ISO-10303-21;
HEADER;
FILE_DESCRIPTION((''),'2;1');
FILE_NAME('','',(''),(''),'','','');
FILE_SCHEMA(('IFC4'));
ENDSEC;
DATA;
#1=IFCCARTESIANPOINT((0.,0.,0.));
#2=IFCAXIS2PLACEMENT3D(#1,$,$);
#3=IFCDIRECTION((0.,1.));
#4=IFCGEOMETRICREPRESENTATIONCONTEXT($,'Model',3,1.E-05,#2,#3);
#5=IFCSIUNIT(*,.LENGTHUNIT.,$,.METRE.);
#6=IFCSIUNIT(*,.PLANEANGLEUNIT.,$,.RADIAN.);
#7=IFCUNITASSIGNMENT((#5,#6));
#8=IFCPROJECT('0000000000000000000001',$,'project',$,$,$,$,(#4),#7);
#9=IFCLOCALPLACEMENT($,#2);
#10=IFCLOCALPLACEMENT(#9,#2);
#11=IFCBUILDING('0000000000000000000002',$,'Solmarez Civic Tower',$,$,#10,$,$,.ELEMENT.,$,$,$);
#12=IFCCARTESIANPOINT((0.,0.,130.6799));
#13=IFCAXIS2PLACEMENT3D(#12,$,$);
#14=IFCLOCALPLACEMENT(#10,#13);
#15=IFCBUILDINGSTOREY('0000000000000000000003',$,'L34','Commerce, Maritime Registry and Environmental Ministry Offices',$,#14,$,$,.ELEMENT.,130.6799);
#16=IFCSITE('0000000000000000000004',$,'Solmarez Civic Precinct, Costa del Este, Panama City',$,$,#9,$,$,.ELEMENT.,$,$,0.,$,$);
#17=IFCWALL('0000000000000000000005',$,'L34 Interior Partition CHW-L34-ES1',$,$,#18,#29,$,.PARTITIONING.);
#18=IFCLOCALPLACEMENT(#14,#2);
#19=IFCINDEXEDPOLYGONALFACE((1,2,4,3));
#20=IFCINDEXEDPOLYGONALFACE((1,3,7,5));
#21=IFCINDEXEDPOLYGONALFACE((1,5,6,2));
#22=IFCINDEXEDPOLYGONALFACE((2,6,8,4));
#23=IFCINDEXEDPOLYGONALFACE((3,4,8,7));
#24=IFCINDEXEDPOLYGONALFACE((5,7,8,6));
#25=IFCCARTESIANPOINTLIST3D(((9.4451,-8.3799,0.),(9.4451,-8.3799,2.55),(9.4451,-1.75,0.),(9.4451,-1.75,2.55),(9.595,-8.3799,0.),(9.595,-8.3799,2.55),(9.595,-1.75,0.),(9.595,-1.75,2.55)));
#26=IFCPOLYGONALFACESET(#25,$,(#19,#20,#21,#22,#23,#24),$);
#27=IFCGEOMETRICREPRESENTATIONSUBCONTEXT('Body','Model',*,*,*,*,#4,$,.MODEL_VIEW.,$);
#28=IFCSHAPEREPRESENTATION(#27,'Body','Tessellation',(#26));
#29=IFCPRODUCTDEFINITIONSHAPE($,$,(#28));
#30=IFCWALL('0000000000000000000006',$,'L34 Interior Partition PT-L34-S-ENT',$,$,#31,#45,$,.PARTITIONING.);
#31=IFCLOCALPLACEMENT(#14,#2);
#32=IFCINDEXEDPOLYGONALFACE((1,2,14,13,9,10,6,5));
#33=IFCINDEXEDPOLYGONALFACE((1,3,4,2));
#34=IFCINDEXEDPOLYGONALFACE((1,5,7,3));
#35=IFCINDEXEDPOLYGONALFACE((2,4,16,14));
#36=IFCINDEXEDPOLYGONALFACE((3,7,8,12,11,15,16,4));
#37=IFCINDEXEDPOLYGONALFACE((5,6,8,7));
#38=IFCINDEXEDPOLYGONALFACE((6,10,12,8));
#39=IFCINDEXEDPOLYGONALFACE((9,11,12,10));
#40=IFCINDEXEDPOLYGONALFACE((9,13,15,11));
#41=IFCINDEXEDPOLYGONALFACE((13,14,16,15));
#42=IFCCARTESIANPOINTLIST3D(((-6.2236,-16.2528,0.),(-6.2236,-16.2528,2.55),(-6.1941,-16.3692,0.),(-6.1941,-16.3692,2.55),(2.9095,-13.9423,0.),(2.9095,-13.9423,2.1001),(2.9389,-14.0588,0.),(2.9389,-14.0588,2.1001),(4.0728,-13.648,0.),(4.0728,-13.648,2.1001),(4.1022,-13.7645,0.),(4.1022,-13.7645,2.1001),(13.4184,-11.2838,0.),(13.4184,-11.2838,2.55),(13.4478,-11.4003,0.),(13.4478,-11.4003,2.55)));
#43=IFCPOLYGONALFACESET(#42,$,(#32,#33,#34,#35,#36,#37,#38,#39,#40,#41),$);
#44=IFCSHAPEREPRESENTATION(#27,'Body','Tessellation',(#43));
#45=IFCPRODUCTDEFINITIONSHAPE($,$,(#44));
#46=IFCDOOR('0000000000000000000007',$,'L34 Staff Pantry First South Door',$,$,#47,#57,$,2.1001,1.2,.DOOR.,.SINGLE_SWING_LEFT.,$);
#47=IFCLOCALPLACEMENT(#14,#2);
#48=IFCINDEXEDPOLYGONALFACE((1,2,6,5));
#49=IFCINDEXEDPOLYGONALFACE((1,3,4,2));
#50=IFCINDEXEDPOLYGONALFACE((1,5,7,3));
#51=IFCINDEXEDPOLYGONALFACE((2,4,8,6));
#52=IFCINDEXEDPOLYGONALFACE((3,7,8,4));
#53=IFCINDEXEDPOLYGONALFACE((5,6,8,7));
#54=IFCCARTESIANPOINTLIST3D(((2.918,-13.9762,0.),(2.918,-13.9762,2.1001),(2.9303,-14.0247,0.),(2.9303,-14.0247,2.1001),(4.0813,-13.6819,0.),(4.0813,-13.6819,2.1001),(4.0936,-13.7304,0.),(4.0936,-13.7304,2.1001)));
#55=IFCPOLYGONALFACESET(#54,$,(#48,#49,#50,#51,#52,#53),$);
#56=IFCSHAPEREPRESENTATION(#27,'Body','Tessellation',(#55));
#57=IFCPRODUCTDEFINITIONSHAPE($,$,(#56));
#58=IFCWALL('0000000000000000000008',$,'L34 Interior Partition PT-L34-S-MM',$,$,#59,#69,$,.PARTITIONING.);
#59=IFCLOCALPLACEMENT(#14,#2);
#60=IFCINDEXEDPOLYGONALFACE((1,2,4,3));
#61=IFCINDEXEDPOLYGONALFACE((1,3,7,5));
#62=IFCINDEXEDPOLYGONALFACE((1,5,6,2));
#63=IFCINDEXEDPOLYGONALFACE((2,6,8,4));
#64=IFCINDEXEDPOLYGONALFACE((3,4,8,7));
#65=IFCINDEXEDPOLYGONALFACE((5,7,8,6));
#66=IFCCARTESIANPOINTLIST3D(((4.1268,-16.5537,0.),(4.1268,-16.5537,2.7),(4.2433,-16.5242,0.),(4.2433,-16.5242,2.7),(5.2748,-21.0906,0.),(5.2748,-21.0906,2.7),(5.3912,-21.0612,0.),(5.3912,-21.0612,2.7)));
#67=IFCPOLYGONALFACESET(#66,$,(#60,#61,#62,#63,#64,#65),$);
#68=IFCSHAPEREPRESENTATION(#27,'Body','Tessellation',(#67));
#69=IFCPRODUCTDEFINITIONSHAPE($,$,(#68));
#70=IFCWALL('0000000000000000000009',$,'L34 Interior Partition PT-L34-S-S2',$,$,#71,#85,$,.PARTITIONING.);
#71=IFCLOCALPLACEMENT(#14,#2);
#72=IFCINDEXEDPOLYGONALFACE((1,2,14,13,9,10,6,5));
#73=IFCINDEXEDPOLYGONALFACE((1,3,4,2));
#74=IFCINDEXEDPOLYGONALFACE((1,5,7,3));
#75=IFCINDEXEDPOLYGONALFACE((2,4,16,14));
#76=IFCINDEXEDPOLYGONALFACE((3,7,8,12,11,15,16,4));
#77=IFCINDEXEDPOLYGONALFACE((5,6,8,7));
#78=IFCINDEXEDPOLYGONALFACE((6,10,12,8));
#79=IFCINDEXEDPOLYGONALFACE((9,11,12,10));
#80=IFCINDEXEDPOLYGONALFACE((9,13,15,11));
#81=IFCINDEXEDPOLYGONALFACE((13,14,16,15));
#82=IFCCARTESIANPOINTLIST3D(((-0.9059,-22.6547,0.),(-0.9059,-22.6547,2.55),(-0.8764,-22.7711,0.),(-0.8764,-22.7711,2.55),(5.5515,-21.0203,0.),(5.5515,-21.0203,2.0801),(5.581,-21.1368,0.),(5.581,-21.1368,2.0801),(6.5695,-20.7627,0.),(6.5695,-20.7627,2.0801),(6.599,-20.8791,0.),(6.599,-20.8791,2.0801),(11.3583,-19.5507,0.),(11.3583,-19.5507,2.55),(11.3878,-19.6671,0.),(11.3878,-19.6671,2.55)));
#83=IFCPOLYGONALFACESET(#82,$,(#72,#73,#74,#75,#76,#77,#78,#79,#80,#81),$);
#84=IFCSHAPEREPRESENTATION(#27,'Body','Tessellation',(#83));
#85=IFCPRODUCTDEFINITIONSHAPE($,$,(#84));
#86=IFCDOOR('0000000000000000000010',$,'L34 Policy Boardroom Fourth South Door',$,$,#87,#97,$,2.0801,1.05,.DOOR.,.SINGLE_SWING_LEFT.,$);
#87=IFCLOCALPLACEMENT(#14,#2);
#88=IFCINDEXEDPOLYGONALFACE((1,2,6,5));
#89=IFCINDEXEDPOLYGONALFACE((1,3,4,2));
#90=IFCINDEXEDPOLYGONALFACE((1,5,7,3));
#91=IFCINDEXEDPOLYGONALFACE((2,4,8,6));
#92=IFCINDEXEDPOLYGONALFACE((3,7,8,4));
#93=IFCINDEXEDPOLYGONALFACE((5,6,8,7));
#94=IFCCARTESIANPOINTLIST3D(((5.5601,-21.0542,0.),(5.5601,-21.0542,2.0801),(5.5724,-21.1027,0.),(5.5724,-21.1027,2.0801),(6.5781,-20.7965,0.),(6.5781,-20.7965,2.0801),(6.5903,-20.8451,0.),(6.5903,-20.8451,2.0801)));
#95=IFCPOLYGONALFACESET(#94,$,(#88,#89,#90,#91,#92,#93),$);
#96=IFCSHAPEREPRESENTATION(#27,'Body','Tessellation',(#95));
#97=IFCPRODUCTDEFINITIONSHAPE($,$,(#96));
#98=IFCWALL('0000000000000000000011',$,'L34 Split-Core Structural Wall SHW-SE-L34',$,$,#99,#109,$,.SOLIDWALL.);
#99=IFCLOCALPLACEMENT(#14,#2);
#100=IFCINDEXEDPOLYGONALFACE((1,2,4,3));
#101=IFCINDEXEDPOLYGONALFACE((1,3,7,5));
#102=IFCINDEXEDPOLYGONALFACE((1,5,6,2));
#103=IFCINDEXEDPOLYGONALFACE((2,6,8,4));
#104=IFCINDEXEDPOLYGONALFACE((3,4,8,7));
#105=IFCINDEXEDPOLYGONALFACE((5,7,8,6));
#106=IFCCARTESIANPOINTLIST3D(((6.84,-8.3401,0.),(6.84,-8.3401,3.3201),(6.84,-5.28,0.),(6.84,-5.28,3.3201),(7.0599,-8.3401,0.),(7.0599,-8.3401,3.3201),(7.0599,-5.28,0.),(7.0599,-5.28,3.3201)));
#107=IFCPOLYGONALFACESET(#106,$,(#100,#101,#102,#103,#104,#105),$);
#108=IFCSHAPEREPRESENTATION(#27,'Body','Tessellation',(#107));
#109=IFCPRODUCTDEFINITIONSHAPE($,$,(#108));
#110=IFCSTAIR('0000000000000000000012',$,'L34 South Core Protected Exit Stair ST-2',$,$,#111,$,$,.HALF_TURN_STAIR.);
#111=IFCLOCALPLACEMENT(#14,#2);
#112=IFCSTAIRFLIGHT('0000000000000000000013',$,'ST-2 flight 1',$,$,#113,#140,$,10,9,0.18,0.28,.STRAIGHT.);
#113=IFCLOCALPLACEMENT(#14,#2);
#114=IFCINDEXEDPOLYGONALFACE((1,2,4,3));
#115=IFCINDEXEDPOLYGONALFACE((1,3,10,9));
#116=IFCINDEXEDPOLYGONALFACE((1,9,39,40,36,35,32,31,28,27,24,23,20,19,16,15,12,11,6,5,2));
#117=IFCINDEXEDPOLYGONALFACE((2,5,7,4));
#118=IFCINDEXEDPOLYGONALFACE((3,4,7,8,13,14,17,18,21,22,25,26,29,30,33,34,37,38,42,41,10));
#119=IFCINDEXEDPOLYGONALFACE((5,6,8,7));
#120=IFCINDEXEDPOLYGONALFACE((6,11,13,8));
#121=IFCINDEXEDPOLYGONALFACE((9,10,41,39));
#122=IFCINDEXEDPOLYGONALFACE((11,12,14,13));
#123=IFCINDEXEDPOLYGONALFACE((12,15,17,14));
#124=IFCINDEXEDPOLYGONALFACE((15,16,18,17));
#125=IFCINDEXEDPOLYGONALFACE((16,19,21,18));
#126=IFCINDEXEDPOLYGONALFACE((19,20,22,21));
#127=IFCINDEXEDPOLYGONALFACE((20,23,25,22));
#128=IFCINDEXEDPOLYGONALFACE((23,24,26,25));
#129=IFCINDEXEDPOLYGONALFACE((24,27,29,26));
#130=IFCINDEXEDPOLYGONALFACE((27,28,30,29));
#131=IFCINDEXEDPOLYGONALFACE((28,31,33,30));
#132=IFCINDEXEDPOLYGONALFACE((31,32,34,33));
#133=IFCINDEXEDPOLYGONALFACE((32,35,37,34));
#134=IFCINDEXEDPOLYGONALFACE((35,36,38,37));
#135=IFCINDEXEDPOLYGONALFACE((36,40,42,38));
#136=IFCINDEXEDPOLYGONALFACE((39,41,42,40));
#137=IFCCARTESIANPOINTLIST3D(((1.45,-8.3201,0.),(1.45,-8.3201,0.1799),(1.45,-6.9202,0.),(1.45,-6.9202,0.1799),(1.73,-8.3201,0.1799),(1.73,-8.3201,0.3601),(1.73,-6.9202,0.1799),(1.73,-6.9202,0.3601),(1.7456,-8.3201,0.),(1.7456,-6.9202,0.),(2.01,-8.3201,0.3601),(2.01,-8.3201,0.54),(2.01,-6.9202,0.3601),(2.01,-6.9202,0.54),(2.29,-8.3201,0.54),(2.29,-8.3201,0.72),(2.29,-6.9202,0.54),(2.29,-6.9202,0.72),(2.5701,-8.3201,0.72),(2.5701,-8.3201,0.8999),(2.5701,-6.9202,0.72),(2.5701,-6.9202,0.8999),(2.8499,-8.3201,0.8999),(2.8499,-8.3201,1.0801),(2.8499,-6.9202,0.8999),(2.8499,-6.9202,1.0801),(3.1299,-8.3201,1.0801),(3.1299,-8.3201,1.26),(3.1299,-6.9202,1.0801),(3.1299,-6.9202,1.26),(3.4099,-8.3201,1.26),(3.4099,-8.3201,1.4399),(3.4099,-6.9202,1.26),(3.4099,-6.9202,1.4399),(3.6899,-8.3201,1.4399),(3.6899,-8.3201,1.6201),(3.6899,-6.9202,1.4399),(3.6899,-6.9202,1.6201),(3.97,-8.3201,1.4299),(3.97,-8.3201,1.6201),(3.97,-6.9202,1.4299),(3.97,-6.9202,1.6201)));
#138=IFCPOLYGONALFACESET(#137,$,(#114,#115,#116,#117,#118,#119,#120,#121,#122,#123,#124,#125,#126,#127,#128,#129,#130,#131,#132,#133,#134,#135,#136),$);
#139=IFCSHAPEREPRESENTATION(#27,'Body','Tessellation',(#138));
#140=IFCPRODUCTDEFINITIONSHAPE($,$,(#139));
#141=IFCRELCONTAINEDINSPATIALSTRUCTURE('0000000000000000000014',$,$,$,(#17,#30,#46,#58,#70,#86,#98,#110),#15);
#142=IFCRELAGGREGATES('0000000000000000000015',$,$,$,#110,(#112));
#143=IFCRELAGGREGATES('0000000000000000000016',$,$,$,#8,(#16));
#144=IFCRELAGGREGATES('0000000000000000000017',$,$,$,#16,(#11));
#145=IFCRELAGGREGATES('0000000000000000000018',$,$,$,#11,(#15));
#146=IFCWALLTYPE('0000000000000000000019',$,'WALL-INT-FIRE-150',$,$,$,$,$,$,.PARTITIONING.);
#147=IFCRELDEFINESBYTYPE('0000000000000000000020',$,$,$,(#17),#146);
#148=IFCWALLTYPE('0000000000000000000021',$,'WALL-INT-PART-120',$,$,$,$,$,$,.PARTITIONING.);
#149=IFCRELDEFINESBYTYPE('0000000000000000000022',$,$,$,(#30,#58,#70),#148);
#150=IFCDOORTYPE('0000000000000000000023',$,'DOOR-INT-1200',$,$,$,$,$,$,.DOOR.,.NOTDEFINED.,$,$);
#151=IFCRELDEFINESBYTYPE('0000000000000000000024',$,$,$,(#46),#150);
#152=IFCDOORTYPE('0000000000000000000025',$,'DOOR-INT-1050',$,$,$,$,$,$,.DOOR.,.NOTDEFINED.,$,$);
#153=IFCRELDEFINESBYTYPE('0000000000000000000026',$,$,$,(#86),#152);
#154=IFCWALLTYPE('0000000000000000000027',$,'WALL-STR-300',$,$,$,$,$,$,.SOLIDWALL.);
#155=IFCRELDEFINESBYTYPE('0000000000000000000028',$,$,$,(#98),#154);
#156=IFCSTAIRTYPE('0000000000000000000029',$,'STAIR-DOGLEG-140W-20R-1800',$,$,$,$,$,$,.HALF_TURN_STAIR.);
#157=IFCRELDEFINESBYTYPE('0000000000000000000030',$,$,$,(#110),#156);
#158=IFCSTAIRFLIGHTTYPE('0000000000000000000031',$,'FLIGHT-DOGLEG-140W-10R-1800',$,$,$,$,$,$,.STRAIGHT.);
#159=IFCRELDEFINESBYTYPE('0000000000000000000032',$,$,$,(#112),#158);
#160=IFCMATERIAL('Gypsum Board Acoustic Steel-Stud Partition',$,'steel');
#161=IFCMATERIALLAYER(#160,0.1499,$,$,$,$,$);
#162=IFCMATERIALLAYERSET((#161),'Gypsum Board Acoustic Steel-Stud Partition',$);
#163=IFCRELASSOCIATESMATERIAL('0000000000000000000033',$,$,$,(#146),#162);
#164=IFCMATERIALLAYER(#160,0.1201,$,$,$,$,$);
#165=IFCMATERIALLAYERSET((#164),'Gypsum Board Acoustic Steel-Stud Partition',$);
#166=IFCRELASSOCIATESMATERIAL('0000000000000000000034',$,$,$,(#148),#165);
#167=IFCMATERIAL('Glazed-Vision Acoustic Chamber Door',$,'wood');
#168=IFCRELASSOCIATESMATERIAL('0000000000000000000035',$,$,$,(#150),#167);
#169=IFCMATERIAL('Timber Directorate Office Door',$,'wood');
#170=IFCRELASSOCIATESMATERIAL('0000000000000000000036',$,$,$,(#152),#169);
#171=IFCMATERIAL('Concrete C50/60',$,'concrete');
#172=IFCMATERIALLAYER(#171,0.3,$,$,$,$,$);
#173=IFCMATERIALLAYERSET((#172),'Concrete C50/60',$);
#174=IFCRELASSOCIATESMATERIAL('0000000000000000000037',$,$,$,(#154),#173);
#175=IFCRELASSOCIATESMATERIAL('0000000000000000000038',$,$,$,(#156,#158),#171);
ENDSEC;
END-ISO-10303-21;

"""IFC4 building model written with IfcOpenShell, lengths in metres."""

from ifc_helpers import new_model, si_unit, direction, frame, frame_2d, origin, place, context, subcontext, project, spatial, polyline, rectangle, outline, extrude, material, layer, layer_set, type_object, element, fill, aggregate, save


model = new_model("IFC4")

# Units and contexts
model_context = context("Model", 3, precision=1e-05, world=origin(), true_north=direction((0.0, 1.0)))
body_context = subcontext(model_context, "Body", "Model", "MODEL_VIEW")
ifc_project = project(units=[si_unit("LENGTHUNIT", "METRE"), si_unit("PLANEANGLEUNIT", "RADIAN")], contexts=[model_context])

# Site, building, storey
site_placement = place(None, origin())
site = spatial("IfcSite", under=ifc_project, at=site_placement, Name="Solmarez Civic Precinct, Costa del Este, Panama City", CompositionType="ELEMENT", RefElevation=0.0)
building_placement = place(site_placement, origin())
building = spatial("IfcBuilding", under=site, at=building_placement, Name="Solmarez Civic Tower", CompositionType="ELEMENT")
storey_placement = place(building_placement, frame((0.0, 0.0, 130.6799)))
storey = spatial("IfcBuildingStorey", under=building, at=storey_placement, Name="L34", Description="Commerce, Maritime Registry and Environmental Ministry Offices", CompositionType="ELEMENT", Elevation=130.6799)

# Shared definitions
ifc_material_1 = material(Name="Concrete C50/60", Category="concrete")

# Wall
ifc_material_2 = material(Name="Gypsum Board Acoustic Steel-Stud Partition", Category="steel")
ifc_layer_1 = layer(ifc_material_2, 0.1499)
ifc_layer_set_1 = layer_set([ifc_layer_1], Name="Gypsum Board Acoustic Steel-Stud Partition")
wall_type_1 = type_object("IfcWallType", Name="WALL-INT-FIRE-150", PredefinedType="PARTITIONING", material=ifc_layer_set_1)
wall_1_placement = place(storey_placement, frame((9.52, -8.3799, 0.0), z_axis=(0.0, 0.0, 1.0), x_axis=(0.0, 1.0, 0.0)))
element("IfcWall", 1, at=wall_1_placement, inside=storey, type_object=wall_type_1, Name="L34 Interior Partition CHW-L34-ES1", PredefinedType="PARTITIONING", context=body_context, shape_type="SweptSolid", body=[
    extrude(rectangle(XDim=6.6299, YDim=0.1499, at=frame_2d((3.3149, 0.0))), origin(), (0.0, 0.0, 1.0), 2.55),
])

# Wall, opening, door
ifc_layer_2 = layer(ifc_material_2, 0.1201)
ifc_layer_set_2 = layer_set([ifc_layer_2], Name="Gypsum Board Acoustic Steel-Stud Partition")
wall_type_2 = type_object("IfcWallType", Name="WALL-INT-PART-120", PredefinedType="PARTITIONING", material=ifc_layer_set_2)
wall_2_placement = place(storey_placement, frame((13.4331, -11.342, 0.0), z_axis=(0.0, 0.0, 1.0), x_axis=(-0.96946, -0.245251, 0.0)))
wall_2 = element("IfcWall", 2, at=wall_2_placement, inside=storey, type_object=wall_type_2, Name="L34 Interior Partition PT-L34-S-ENT", PredefinedType="PARTITIONING", context=body_context, shape_type="SweptSolid", body=[
    extrude(rectangle(XDim=20.2607, YDim=0.1201, at=frame_2d((10.1304, 0.0))), origin(), (0.0, 0.0, 1.0), 2.55),
])
opening_1_placement = place(wall_2_placement, frame((9.6399, 0.0, 0.0)))
opening_1 = element("IfcOpeningElement", 3, at=opening_1_placement, cuts=wall_2, PredefinedType="OPENING", context=body_context, shape_type="SweptSolid", body=[
    extrude(rectangle(XDim=1.2, YDim=2.1001, at=frame_2d((0.6001, 1.05))), frame((0.0, 0.0701, 0.0), z_axis=(0.0, -1.0, 0.0), x_axis=(1.0, 0.0, 0.0)), (0.0, 0.0, 1.0), 0.1401),
])
ifc_material_3 = material(Name="Glazed-Vision Acoustic Chamber Door", Category="wood")
door_type_1 = type_object("IfcDoorType", Name="DOOR-INT-1200", OperationType="NOTDEFINED", PredefinedType="DOOR", material=ifc_material_3)
door_1_placement = place(opening_1_placement, origin())
door_1 = element("IfcDoor", 4, at=door_1_placement, inside=storey, type_object=door_type_1, Name="L34 Staff Pantry First South Door", OperationType="SINGLE_SWING_LEFT", OverallHeight=2.1001, OverallWidth=1.2, PredefinedType="DOOR", context=body_context, shape_type="SweptSolid", body=[
    extrude(rectangle(XDim=1.2, YDim=2.1001, at=frame_2d((0.6001, 1.05))), frame((0.0, 0.0249, 0.0), z_axis=(0.0, -1.0, 0.0), x_axis=(1.0, 0.0, 0.0)), (0.0, 0.0, 1.0), 0.05),
])
fill(opening_1, door_1)

# Wall
wall_3_placement = place(storey_placement, frame((4.1851, -16.5391, 0.0), z_axis=(0.0, 0.0, 1.0), x_axis=(0.245297, -0.969448, 0.0)))
element("IfcWall", 5, at=wall_3_placement, inside=storey, type_object=wall_type_2, Name="L34 Interior Partition PT-L34-S-MM", PredefinedType="PARTITIONING", context=body_context, shape_type="SweptSolid", body=[
    extrude(rectangle(XDim=4.6799, YDim=0.1201, at=frame_2d((2.3398, 0.0))), origin(), (0.0, 0.0, 1.0), 2.7),
])

# Wall, opening, door
wall_4_placement = place(storey_placement, frame((11.373, -19.6089, 0.0), z_axis=(0.0, 0.0, 1.0), x_axis=(-0.969432, -0.245359, 0.0)))
wall_4 = element("IfcWall", 6, at=wall_4_placement, inside=storey, type_object=wall_type_2, Name="L34 Interior Partition PT-L34-S-S2", PredefinedType="PARTITIONING", context=body_context, shape_type="SweptSolid", body=[
    extrude(rectangle(XDim=12.6509, YDim=0.1201, at=frame_2d((6.3254, 0.0))), origin(), (0.0, 0.0, 1.0), 2.55),
])
opening_2_placement = place(wall_4_placement, frame((4.9399, 0.0, 0.0)))
opening_2 = element("IfcOpeningElement", 7, at=opening_2_placement, cuts=wall_4, PredefinedType="OPENING", context=body_context, shape_type="SweptSolid", body=[
    extrude(rectangle(XDim=1.05, YDim=2.0801, at=frame_2d((0.5249, 1.04))), frame((0.0, 0.0701, 0.0), z_axis=(0.0, -1.0, 0.0), x_axis=(1.0, 0.0, 0.0)), (0.0, 0.0, 1.0), 0.1401),
])
ifc_material_4 = material(Name="Timber Directorate Office Door", Category="wood")
door_type_2 = type_object("IfcDoorType", Name="DOOR-INT-1050", OperationType="NOTDEFINED", PredefinedType="DOOR", material=ifc_material_4)
door_2_placement = place(opening_2_placement, origin())
door_2 = element("IfcDoor", 8, at=door_2_placement, inside=storey, type_object=door_type_2, Name="L34 Policy Boardroom Fourth South Door", OperationType="SINGLE_SWING_LEFT", OverallHeight=2.0801, OverallWidth=1.05, PredefinedType="DOOR", context=body_context, shape_type="SweptSolid", body=[
    extrude(rectangle(XDim=1.05, YDim=2.0801, at=frame_2d((0.5249, 1.04))), frame((0.0, 0.0249, 0.0), z_axis=(0.0, -1.0, 0.0), x_axis=(1.0, 0.0, 0.0)), (0.0, 0.0, 1.0), 0.05),
])
fill(opening_2, door_2)

# Wall
ifc_layer_3 = layer(ifc_material_1, 0.3)
ifc_layer_set_3 = layer_set([ifc_layer_3], Name="Concrete C50/60")
wall_type_3 = type_object("IfcWallType", Name="WALL-STR-300", PredefinedType="SOLIDWALL", material=ifc_layer_set_3)
wall_5_placement = place(storey_placement, frame((6.95, -8.3401, 0.0), z_axis=(0.0, 0.0, 1.0), x_axis=(0.0, 1.0, 0.0)))
element("IfcWall", 9, at=wall_5_placement, inside=storey, type_object=wall_type_3, Name="L34 Split-Core Structural Wall SHW-SE-L34", PredefinedType="SOLIDWALL", context=body_context, shape_type="SweptSolid", body=[
    extrude(rectangle(XDim=3.0601, YDim=0.22, at=frame_2d((1.53, 0.0))), origin(), (0.0, 0.0, 1.0), 3.3201),
])

# Stair, stair flight
stair_type = type_object("IfcStairType", Name="STAIR-DOGLEG-140W-20R-1800", PredefinedType="HALF_TURN_STAIR", material=ifc_material_1)
stair_placement = place(storey_placement, origin())
stair = element("IfcStair", 10, at=stair_placement, inside=storey, type_object=stair_type, Name="L34 South Core Protected Exit Stair ST-2", PredefinedType="HALF_TURN_STAIR")
stair_flight_type = type_object("IfcStairFlightType", Name="FLIGHT-DOGLEG-140W-10R-1800", PredefinedType="STRAIGHT", material=ifc_material_1)
stair_flight_placement = place(storey_placement, frame((1.45, -7.6201, 0.0), z_axis=(0.0, 0.0, 1.0), x_axis=(1.0, 0.0, 0.0)))
stair_flight = element("IfcStairFlight", 11, at=stair_flight_placement, type_object=stair_flight_type, Name="ST-2 flight 1", NumberOfRisers=10, NumberOfTreads=9, PredefinedType="STRAIGHT", RiserHeight=0.18, TreadLength=0.28, context=body_context, shape_type="SweptSolid", body=[
    extrude(outline(polyline([(0.0, 0.0), (0.0, 0.1799), (0.28, 0.1799), (0.28, 0.3601), (0.5601, 0.3601), (0.5601, 0.54), (0.8401, 0.54), (0.8401, 0.72), (1.1201, 0.72), (1.1201, 0.8999), (1.3999, 0.8999), (1.3999, 1.0801), (1.6799, 1.0801), (1.6799, 1.26), (1.96, 1.26), (1.96, 1.4399), (2.24, 1.4399), (2.24, 1.6201), (2.52, 1.6201), (2.52, 1.8), (2.52, 1.4299), (0.2957, 0.0), (0.0, 0.0)])), frame((0.0, 0.7, 0.0), z_axis=(0.0, -1.0, 0.0), x_axis=(1.0, 0.0, 0.0)), (0.0, 0.0, 1.0), 1.3999),
])
aggregate(stair, [stair_flight])

save(model, "model.ifc")
